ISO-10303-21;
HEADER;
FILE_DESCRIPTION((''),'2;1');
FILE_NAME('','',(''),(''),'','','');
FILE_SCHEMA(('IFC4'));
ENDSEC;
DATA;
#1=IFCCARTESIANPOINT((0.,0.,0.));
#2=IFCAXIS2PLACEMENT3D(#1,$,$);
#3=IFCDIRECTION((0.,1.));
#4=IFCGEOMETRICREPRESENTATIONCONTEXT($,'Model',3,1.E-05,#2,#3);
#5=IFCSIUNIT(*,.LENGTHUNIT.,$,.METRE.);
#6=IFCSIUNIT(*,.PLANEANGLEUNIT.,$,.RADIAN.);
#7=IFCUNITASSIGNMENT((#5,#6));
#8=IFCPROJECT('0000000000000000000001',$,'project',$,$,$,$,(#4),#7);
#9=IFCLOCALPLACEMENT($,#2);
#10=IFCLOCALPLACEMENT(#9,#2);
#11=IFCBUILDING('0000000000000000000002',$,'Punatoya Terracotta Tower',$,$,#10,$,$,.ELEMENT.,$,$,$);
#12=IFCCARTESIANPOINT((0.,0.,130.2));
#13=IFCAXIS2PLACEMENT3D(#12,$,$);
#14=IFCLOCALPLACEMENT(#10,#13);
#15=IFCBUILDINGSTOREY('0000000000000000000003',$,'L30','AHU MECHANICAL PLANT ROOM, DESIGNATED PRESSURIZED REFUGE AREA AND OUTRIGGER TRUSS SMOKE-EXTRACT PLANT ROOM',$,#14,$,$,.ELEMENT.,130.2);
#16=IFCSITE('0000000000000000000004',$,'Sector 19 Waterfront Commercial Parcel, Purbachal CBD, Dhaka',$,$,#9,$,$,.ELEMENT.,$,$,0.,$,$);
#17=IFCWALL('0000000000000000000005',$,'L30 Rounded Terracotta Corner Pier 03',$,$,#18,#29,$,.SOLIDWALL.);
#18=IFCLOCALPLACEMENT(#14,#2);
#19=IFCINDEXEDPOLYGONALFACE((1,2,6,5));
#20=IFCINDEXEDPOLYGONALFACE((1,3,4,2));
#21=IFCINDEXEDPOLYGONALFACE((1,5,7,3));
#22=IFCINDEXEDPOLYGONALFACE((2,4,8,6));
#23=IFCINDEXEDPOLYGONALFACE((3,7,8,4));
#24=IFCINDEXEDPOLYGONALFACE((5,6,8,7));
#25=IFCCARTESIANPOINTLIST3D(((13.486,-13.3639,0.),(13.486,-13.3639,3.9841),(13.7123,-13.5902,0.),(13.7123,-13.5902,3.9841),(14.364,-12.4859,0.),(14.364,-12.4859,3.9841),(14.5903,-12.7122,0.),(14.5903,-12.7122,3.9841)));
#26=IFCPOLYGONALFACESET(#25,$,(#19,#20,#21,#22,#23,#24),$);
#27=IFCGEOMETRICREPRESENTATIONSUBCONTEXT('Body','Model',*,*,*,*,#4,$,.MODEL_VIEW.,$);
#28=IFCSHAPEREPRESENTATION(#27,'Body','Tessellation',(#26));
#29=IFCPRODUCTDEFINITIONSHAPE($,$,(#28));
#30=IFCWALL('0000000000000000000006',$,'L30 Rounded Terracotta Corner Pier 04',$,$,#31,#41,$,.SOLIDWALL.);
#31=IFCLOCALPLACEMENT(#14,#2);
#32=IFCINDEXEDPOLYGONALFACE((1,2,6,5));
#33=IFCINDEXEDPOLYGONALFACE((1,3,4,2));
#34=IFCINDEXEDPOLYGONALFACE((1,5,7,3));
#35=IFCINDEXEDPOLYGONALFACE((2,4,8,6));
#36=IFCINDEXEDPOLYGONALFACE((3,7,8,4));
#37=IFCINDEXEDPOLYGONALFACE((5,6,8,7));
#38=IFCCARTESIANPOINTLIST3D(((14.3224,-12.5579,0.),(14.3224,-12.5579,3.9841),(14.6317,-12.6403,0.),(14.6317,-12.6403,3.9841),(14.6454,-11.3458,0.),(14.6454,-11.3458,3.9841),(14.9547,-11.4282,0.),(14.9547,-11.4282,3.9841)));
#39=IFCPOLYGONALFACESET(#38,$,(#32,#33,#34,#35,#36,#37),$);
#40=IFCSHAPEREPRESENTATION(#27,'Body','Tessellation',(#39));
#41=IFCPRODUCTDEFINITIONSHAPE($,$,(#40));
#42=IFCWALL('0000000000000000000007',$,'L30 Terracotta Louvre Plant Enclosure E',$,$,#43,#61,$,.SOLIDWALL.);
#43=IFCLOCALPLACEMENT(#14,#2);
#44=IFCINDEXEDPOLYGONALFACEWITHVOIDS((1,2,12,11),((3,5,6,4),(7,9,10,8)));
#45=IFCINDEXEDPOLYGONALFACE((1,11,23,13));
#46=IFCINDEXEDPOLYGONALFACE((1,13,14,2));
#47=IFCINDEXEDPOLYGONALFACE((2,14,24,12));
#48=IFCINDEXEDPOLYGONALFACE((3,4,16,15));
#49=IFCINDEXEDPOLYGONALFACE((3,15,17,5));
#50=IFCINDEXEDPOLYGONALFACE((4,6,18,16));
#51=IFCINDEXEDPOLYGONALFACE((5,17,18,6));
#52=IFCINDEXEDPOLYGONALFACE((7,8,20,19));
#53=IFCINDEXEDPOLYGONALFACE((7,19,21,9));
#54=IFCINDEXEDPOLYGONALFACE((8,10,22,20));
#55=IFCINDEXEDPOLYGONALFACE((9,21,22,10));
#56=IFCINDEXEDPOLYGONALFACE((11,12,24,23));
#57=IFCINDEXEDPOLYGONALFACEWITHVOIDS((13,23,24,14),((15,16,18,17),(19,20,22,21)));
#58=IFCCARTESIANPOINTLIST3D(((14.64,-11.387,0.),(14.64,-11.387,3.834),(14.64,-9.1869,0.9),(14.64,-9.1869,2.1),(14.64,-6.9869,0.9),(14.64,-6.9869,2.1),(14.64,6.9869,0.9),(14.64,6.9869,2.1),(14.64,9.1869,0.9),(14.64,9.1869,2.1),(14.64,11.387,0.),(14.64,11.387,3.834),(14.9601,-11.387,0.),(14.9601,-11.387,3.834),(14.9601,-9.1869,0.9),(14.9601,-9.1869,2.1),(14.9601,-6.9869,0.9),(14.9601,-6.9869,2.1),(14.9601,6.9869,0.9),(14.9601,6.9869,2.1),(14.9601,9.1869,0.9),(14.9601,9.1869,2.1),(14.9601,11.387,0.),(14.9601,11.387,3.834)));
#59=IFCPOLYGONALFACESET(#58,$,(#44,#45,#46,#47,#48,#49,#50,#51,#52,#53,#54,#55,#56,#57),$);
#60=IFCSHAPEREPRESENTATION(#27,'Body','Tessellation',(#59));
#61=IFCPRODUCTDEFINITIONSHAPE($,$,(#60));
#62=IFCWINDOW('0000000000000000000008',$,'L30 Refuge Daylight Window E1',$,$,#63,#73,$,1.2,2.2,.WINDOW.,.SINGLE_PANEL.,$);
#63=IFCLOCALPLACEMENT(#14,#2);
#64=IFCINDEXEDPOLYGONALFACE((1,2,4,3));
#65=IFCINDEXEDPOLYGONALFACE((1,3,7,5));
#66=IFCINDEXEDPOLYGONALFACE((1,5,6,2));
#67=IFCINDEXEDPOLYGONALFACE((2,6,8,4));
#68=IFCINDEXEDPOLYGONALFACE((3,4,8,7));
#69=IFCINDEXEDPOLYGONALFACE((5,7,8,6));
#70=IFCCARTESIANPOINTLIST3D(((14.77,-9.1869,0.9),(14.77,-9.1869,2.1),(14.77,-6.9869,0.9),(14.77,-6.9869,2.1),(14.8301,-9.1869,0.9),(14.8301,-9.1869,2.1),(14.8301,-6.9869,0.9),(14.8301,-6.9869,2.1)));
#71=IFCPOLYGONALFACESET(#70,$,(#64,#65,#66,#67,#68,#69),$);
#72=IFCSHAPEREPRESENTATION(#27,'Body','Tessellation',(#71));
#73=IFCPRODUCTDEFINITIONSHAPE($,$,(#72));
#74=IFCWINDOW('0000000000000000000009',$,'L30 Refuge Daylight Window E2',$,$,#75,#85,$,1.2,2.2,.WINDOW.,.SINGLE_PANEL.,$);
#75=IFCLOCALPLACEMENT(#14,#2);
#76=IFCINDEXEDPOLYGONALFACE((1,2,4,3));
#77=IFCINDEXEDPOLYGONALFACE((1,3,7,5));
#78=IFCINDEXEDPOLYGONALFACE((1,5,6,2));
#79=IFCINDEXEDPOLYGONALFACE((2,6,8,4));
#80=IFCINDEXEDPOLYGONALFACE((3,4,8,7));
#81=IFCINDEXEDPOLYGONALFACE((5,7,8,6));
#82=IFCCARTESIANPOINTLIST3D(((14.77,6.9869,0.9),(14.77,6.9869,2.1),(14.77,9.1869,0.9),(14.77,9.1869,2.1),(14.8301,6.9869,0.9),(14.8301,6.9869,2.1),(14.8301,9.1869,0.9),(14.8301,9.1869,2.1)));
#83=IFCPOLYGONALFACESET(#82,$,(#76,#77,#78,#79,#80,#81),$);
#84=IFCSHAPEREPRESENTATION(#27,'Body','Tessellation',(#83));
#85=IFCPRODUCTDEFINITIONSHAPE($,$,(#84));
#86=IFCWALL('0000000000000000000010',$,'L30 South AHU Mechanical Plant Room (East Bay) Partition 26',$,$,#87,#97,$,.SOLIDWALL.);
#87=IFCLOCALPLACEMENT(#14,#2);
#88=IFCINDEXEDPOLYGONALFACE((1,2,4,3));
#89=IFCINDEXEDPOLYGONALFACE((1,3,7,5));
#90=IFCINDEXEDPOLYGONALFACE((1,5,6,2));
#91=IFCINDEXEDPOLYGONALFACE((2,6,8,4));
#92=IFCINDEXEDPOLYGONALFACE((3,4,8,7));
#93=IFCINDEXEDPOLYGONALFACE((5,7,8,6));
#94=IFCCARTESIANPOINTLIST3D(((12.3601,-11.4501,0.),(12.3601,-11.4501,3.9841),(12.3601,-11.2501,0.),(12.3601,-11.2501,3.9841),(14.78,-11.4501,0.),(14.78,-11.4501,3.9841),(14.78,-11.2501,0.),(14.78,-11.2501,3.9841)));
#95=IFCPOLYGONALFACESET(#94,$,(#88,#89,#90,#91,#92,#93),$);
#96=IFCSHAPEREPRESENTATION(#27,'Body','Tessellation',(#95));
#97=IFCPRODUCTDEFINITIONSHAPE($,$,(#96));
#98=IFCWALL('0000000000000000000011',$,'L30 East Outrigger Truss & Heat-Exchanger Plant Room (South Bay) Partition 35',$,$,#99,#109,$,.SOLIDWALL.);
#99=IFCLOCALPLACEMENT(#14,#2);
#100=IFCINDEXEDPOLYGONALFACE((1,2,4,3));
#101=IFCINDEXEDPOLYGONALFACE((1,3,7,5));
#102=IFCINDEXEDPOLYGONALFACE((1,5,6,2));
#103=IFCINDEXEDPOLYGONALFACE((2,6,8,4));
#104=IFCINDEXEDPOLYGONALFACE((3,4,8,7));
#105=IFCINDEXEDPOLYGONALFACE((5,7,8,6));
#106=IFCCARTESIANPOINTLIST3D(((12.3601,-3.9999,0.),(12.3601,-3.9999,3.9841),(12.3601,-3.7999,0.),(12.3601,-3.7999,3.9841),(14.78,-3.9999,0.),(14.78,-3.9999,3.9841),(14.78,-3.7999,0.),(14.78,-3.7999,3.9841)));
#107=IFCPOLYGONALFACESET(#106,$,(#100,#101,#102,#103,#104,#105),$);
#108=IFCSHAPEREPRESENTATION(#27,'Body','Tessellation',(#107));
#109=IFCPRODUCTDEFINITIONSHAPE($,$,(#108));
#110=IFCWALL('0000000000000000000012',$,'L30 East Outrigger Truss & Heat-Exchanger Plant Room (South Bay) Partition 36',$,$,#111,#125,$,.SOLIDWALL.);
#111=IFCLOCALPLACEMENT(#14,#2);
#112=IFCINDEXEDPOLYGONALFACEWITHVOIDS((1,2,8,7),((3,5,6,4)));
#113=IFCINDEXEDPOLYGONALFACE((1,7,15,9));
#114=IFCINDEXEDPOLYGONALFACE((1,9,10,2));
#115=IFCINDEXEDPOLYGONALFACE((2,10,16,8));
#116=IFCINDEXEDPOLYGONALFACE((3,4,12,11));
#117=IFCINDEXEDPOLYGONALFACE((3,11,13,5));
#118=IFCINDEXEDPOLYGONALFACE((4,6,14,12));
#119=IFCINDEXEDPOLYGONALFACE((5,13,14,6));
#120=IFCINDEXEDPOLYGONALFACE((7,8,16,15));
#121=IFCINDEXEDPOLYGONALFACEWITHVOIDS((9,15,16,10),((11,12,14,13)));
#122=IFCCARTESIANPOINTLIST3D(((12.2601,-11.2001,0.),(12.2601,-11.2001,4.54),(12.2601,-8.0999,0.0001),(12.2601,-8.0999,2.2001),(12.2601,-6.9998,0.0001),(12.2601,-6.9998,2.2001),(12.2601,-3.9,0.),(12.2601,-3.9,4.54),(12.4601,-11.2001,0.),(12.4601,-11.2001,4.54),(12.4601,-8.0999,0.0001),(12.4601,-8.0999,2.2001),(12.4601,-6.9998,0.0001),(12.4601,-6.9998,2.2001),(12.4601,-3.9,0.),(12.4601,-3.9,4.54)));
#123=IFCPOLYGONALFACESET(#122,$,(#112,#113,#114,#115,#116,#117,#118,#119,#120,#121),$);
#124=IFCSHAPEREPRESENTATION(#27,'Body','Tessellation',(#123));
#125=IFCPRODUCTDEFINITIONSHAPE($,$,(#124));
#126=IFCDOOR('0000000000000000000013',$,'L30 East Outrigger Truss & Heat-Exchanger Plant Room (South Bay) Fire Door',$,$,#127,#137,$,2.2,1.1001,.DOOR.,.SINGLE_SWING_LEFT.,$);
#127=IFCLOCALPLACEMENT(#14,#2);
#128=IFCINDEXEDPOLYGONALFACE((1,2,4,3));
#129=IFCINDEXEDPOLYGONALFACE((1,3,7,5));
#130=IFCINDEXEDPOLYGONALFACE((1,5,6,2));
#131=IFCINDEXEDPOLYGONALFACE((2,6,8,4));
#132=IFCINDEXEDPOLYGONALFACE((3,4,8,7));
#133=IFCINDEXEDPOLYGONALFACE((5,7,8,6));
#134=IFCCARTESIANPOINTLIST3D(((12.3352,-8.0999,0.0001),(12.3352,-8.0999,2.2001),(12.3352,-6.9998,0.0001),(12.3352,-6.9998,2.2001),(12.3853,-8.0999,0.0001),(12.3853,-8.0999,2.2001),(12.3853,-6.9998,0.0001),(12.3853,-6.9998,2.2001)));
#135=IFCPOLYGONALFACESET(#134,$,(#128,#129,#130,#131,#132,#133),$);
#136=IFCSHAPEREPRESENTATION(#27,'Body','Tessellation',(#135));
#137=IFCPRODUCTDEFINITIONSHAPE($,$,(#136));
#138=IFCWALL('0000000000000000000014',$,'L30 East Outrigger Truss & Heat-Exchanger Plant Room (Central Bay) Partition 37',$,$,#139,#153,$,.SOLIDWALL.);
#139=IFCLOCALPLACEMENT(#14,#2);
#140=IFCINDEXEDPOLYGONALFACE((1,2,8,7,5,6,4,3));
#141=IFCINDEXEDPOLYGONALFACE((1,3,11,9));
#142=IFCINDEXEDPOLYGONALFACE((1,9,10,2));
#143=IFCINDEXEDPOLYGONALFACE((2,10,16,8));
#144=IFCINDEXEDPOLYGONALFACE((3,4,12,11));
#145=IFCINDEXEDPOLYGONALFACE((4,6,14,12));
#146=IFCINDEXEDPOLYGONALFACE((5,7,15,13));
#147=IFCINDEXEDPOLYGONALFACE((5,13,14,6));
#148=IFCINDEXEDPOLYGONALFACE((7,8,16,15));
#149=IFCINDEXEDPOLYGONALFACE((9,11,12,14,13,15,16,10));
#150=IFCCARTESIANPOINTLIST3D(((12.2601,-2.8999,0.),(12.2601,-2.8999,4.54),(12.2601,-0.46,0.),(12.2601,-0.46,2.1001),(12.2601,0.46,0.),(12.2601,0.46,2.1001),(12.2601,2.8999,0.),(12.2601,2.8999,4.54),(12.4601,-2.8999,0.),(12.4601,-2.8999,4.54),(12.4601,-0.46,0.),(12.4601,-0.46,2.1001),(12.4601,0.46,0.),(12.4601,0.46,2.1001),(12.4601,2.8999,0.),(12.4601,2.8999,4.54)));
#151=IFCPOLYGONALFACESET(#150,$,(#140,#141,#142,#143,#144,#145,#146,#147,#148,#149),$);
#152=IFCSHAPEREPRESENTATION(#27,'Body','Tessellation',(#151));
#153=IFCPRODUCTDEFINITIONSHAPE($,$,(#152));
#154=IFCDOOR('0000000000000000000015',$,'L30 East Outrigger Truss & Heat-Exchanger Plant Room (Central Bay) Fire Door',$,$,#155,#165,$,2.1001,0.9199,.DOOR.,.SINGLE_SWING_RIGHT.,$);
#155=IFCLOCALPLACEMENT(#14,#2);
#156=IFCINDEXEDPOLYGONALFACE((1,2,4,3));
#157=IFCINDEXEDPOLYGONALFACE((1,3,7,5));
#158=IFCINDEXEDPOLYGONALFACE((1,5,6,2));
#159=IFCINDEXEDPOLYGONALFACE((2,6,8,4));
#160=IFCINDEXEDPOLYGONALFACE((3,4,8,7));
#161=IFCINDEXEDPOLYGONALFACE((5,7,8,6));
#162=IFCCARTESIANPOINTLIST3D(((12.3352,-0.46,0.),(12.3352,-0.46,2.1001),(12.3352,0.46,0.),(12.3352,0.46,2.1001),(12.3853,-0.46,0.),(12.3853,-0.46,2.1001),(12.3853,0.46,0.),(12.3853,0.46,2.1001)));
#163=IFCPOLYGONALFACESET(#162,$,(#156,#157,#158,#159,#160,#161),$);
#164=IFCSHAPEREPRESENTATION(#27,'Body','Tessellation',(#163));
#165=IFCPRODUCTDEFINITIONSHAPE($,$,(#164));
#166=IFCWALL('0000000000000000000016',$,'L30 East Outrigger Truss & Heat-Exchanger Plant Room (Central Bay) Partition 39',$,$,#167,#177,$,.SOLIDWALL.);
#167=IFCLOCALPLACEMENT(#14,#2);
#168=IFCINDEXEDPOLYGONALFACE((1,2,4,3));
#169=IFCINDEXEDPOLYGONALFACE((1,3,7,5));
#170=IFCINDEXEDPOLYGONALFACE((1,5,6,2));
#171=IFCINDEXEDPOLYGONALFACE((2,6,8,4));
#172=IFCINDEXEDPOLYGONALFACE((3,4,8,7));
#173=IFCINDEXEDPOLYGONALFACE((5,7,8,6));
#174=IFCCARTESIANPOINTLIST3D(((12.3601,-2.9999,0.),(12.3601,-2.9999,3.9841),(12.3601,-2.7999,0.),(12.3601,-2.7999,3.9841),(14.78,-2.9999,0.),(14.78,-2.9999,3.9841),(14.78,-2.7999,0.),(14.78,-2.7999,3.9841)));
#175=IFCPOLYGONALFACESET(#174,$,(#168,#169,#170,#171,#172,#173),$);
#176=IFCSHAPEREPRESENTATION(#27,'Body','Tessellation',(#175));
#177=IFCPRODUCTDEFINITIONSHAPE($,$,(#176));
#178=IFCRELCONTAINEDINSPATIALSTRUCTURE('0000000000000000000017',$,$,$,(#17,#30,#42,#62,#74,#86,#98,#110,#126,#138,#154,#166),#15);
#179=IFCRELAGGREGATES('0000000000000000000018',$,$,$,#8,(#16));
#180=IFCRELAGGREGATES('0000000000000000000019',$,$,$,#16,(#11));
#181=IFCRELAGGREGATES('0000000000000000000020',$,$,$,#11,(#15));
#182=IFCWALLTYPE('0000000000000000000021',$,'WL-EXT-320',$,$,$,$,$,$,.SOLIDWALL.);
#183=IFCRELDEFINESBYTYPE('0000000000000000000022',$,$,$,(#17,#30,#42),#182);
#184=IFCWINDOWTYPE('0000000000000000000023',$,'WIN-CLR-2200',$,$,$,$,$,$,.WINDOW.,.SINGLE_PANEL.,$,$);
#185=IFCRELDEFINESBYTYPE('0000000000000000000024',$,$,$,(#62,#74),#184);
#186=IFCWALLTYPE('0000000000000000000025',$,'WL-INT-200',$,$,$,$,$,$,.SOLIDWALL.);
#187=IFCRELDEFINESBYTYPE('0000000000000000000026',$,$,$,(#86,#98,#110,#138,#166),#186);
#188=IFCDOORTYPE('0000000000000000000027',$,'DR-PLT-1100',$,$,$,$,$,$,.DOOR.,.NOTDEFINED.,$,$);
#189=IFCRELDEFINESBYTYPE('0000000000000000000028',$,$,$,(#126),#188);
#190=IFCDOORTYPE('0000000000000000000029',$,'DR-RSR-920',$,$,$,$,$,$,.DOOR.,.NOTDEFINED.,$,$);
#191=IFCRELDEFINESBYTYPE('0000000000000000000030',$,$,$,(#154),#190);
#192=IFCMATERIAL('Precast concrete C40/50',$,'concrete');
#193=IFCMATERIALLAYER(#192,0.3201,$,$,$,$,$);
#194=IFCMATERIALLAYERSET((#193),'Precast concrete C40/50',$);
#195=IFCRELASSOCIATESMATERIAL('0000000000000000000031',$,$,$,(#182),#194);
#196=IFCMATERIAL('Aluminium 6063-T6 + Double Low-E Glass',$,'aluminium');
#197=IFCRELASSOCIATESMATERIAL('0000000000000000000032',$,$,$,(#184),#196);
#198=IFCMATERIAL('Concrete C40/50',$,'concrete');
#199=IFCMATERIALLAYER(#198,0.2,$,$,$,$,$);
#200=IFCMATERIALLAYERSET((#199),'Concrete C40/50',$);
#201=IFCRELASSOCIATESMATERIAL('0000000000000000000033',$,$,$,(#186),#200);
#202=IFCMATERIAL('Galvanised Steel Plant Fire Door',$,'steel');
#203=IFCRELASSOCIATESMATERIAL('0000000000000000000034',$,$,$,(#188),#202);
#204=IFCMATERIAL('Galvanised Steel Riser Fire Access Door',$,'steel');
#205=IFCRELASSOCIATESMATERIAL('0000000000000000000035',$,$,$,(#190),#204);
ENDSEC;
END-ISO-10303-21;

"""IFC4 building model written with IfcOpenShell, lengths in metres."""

from ifc_helpers import new_model, si_unit, direction, frame, frame_2d, origin, place, context, subcontext, project, spatial, rectangle, extrude, material, layer, layer_set, type_object, element, fill, save


model = new_model("IFC4")

# Units and contexts
model_context = context("Model", 3, precision=1e-05, world=origin(), true_north=direction((0.0, 1.0)))
body_context = subcontext(model_context, "Body", "Model", "MODEL_VIEW")
ifc_project = project(units=[si_unit("LENGTHUNIT", "METRE"), si_unit("PLANEANGLEUNIT", "RADIAN")], contexts=[model_context])

# Site, building, storey
site_placement = place(None, origin())
site = spatial("IfcSite", under=ifc_project, at=site_placement, Name="Sector 19 Waterfront Commercial Parcel, Purbachal CBD, Dhaka", CompositionType="ELEMENT", RefElevation=0.0)
building_placement = place(site_placement, origin())
building = spatial("IfcBuilding", under=site, at=building_placement, Name="Punatoya Terracotta Tower", CompositionType="ELEMENT")
storey_placement = place(building_placement, frame((0.0, 0.0, 130.2)))
storey = spatial("IfcBuildingStorey", under=building, at=storey_placement, Name="L30", Description="AHU MECHANICAL PLANT ROOM, DESIGNATED PRESSURIZED REFUGE AREA AND OUTRIGGER TRUSS SMOKE-EXTRACT PLANT ROOM", CompositionType="ELEMENT", Elevation=130.2)

# Walls
ifc_material_1 = material(Name="Precast concrete C40/50", Category="concrete")
ifc_layer_1 = layer(ifc_material_1, 0.3201)
ifc_layer_set_1 = layer_set([ifc_layer_1], Name="Precast concrete C40/50")
wall_type_1 = type_object("IfcWallType", Name="WL-EXT-320", PredefinedType="SOLIDWALL", material=ifc_layer_set_1)
wall_1_placement = place(storey_placement, frame((13.5991, -13.4771, 0.0), z_axis=(0.0, 0.0, 1.0), x_axis=(0.707107, 0.707107, 0.0)))
element("IfcWall", 1, at=wall_1_placement, inside=storey, type_object=wall_type_1, Name="L30 Rounded Terracotta Corner Pier 03", PredefinedType="SOLIDWALL", context=body_context, shape_type="SweptSolid", body=[
    extrude(rectangle(XDim=1.2417, YDim=0.3201, at=frame_2d((0.6208, 0.0))), origin(), (0.0, 0.0, 1.0), 3.9841),
])
wall_2_placement = place(storey_placement, frame((14.4771, -12.5991, 0.0), z_axis=(0.0, 0.0, 1.0), x_axis=(0.257481, 0.966283, 0.0)))
element("IfcWall", 2, at=wall_2_placement, inside=storey, type_object=wall_type_1, Name="L30 Rounded Terracotta Corner Pier 04", PredefinedType="SOLIDWALL", context=body_context, shape_type="SweptSolid", body=[
    extrude(rectangle(XDim=1.2544, YDim=0.3201, at=frame_2d((0.6272, 0.0))), origin(), (0.0, 0.0, 1.0), 3.9841),
])

# Wall, openings, windows
wall_3_placement = place(storey_placement, frame((14.8, -11.387, 0.0), z_axis=(0.0, 0.0, 1.0), x_axis=(0.0, 1.0, 0.0)))
wall_3 = element("IfcWall", 3, at=wall_3_placement, inside=storey, type_object=wall_type_1, Name="L30 Terracotta Louvre Plant Enclosure E", PredefinedType="SOLIDWALL", context=body_context, shape_type="SweptSolid", body=[
    extrude(rectangle(XDim=22.7739, YDim=0.3201, at=frame_2d((11.387, 0.0))), origin(), (0.0, 0.0, 1.0), 3.834),
])
opening_1_placement = place(wall_3_placement, frame((2.2, 0.0, 0.8999)))
opening_1 = element("IfcOpeningElement", 4, at=opening_1_placement, cuts=wall_3, PredefinedType="OPENING", context=body_context, shape_type="SweptSolid", body=[
    extrude(rectangle(XDim=2.2, YDim=1.2, at=frame_2d((1.1001, 0.6001))), frame((0.0, 0.1699, 0.0), z_axis=(0.0, -1.0, 0.0), x_axis=(1.0, 0.0, 0.0)), (0.0, 0.0, 1.0), 0.3401),
])
opening_2_placement = place(wall_3_placement, frame((18.3738, 0.0, 0.8999)))
opening_2 = element("IfcOpeningElement", 5, at=opening_2_placement, cuts=wall_3, PredefinedType="OPENING", context=body_context, shape_type="SweptSolid", body=[
    extrude(rectangle(XDim=2.2, YDim=1.2, at=frame_2d((1.1001, 0.6001))), frame((0.0, 0.1699, 0.0), z_axis=(0.0, -1.0, 0.0), x_axis=(1.0, 0.0, 0.0)), (0.0, 0.0, 1.0), 0.3401),
])
ifc_material_2 = material(Name="Aluminium 6063-T6 + Double Low-E Glass", Category="aluminium")
window_type = type_object("IfcWindowType", Name="WIN-CLR-2200", PartitioningType="SINGLE_PANEL", PredefinedType="WINDOW", material=ifc_material_2)
window_1_placement = place(opening_1_placement, origin())
window_1 = element("IfcWindow", 6, at=window_1_placement, inside=storey, type_object=window_type, Name="L30 Refuge Daylight Window E1", OverallHeight=1.2, OverallWidth=2.2, PartitioningType="SINGLE_PANEL", PredefinedType="WINDOW", context=body_context, shape_type="SweptSolid", body=[
    extrude(rectangle(XDim=2.2, YDim=1.2, at=frame_2d((1.1001, 0.6001))), frame((0.0, 0.03, 0.0), z_axis=(0.0, -1.0, 0.0), x_axis=(1.0, 0.0, 0.0)), (0.0, 0.0, 1.0), 0.0601),
])
fill(opening_1, window_1)
window_2_placement = place(opening_2_placement, origin())
window_2 = element("IfcWindow", 7, at=window_2_placement, inside=storey, type_object=window_type, Name="L30 Refuge Daylight Window E2", OverallHeight=1.2, OverallWidth=2.2, PartitioningType="SINGLE_PANEL", PredefinedType="WINDOW", context=body_context, shape_type="SweptSolid", body=[
    extrude(rectangle(XDim=2.2, YDim=1.2, at=frame_2d((1.1001, 0.6001))), frame((0.0, 0.03, 0.0), z_axis=(0.0, -1.0, 0.0), x_axis=(1.0, 0.0, 0.0)), (0.0, 0.0, 1.0), 0.0601),
])
fill(opening_2, window_2)

# Walls
ifc_material_3 = material(Name="Concrete C40/50", Category="concrete")
ifc_layer_2 = layer(ifc_material_3, 0.2)
ifc_layer_set_2 = layer_set([ifc_layer_2], Name="Concrete C40/50")
wall_type_2 = type_object("IfcWallType", Name="WL-INT-200", PredefinedType="SOLIDWALL", material=ifc_layer_set_2)
for number, where, z_axis, x_axis, name in (
    (8, (12.3601, -11.3501, 0.0), (0.0, 0.0, 1.0), (1.0, 0.0, 0.0), "L30 South AHU Mechanical Plant Room (East Bay) Partition 26"),
    (9, (12.3601, -3.8999, 0.0), (0.0, 0.0, 1.0), (1.0, 0.0, 0.0), "L30 East Outrigger Truss & Heat-Exchanger Plant Room (South Bay) Partition 35"),
):
    element("IfcWall", number, at=place(storey_placement, frame(where, z_axis=z_axis, x_axis=x_axis)), inside=storey, type_object=wall_type_2, Name=name, PredefinedType="SOLIDWALL", context=body_context, shape_type="SweptSolid", body=[
        extrude(rectangle(XDim=2.4199, YDim=0.2, at=frame_2d((1.21, 0.0))), origin(), (0.0, 0.0, 1.0), 3.9841),
    ])

# Walls, openings, doors
wall_4_placement = place(storey_placement, frame((12.3601, -11.2, 0.0), z_axis=(0.0, 0.0, 1.0), x_axis=(0.0, 1.0, 0.0)))
wall_4 = element("IfcWall", 10, at=wall_4_placement, inside=storey, type_object=wall_type_2, Name="L30 East Outrigger Truss & Heat-Exchanger Plant Room (South Bay) Partition 36", PredefinedType="SOLIDWALL", context=body_context, shape_type="SweptSolid", body=[
    extrude(rectangle(XDim=7.3, YDim=0.2, at=frame_2d((3.6499, 0.0))), origin(), (0.0, 0.0, 1.0), 4.54),
])
opening_3_placement = place(wall_4_placement, frame((3.1001, 0.0, 0.0)))
opening_3 = element("IfcOpeningElement", 11, at=opening_3_placement, cuts=wall_4, PredefinedType="OPENING", context=body_context, shape_type="SweptSolid", body=[
    extrude(rectangle(XDim=1.1001, YDim=2.2, at=frame_2d((0.55, 1.1001))), frame((0.0, 0.1099, 0.0), z_axis=(0.0, -1.0, 0.0), x_axis=(1.0, 0.0, 0.0)), (0.0, 0.0, 1.0), 0.22),
])
ifc_material_4 = material(Name="Galvanised Steel Plant Fire Door", Category="steel")
door_type_1 = type_object("IfcDoorType", Name="DR-PLT-1100", OperationType="NOTDEFINED", PredefinedType="DOOR", material=ifc_material_4)
door_1_placement = place(opening_3_placement, origin())
door_1 = element("IfcDoor", 12, at=door_1_placement, inside=storey, type_object=door_type_1, Name="L30 East Outrigger Truss & Heat-Exchanger Plant Room (South Bay) Fire Door", OperationType="SINGLE_SWING_LEFT", OverallHeight=2.2, OverallWidth=1.1001, PredefinedType="DOOR", context=body_context, shape_type="SweptSolid", body=[
    extrude(rectangle(XDim=1.1001, YDim=2.2, at=frame_2d((0.55, 1.1001))), frame((0.0, 0.0249, 0.0), z_axis=(0.0, -1.0, 0.0), x_axis=(1.0, 0.0, 0.0)), (0.0, 0.0, 1.0), 0.05),
])
fill(opening_3, door_1)
wall_5_placement = place(storey_placement, frame((12.3601, -2.8999, 0.0), z_axis=(0.0, 0.0, 1.0), x_axis=(0.0, 1.0, 0.0)))
wall_5 = element("IfcWall", 13, at=wall_5_placement, inside=storey, type_object=wall_type_2, Name="L30 East Outrigger Truss & Heat-Exchanger Plant Room (Central Bay) Partition 37", PredefinedType="SOLIDWALL", context=body_context, shape_type="SweptSolid", body=[
    extrude(rectangle(XDim=5.7998, YDim=0.2, at=frame_2d((2.8999, 0.0))), origin(), (0.0, 0.0, 1.0), 4.54),
])
opening_4_placement = place(wall_5_placement, frame((2.4399, 0.0, 0.0)))
opening_4 = element("IfcOpeningElement", 14, at=opening_4_placement, cuts=wall_5, PredefinedType="OPENING", context=body_context, shape_type="SweptSolid", body=[
    extrude(rectangle(XDim=0.9199, YDim=2.1001, at=frame_2d((0.46, 1.05))), frame((0.0, 0.1099, 0.0), z_axis=(0.0, -1.0, 0.0), x_axis=(1.0, 0.0, 0.0)), (0.0, 0.0, 1.0), 0.22),
])
ifc_material_5 = material(Name="Galvanised Steel Riser Fire Access Door", Category="steel")
door_type_2 = type_object("IfcDoorType", Name="DR-RSR-920", OperationType="NOTDEFINED", PredefinedType="DOOR", material=ifc_material_5)
door_2_placement = place(opening_4_placement, origin())
door_2 = element("IfcDoor", 15, at=door_2_placement, inside=storey, type_object=door_type_2, Name="L30 East Outrigger Truss & Heat-Exchanger Plant Room (Central Bay) Fire Door", OperationType="SINGLE_SWING_RIGHT", OverallHeight=2.1001, OverallWidth=0.9199, PredefinedType="DOOR", context=body_context, shape_type="SweptSolid", body=[
    extrude(rectangle(XDim=0.9199, YDim=2.1001, at=frame_2d((0.46, 1.05))), frame((0.0, 0.0249, 0.0), z_axis=(0.0, -1.0, 0.0), x_axis=(1.0, 0.0, 0.0)), (0.0, 0.0, 1.0), 0.05),
])
fill(opening_4, door_2)

# Wall
wall_6_placement = place(storey_placement, frame((14.78, -2.8999, 0.0), z_axis=(0.0, 0.0, 1.0), x_axis=(-1.0, 0.0, 0.0)))
element("IfcWall", 16, at=wall_6_placement, inside=storey, type_object=wall_type_2, Name="L30 East Outrigger Truss & Heat-Exchanger Plant Room (Central Bay) Partition 39", PredefinedType="SOLIDWALL", context=body_context, shape_type="SweptSolid", body=[
    extrude(rectangle(XDim=2.4199, YDim=0.2, at=frame_2d((1.21, 0.0))), origin(), (0.0, 0.0, 1.0), 3.9841),
])

save(model, "model.ifc")
